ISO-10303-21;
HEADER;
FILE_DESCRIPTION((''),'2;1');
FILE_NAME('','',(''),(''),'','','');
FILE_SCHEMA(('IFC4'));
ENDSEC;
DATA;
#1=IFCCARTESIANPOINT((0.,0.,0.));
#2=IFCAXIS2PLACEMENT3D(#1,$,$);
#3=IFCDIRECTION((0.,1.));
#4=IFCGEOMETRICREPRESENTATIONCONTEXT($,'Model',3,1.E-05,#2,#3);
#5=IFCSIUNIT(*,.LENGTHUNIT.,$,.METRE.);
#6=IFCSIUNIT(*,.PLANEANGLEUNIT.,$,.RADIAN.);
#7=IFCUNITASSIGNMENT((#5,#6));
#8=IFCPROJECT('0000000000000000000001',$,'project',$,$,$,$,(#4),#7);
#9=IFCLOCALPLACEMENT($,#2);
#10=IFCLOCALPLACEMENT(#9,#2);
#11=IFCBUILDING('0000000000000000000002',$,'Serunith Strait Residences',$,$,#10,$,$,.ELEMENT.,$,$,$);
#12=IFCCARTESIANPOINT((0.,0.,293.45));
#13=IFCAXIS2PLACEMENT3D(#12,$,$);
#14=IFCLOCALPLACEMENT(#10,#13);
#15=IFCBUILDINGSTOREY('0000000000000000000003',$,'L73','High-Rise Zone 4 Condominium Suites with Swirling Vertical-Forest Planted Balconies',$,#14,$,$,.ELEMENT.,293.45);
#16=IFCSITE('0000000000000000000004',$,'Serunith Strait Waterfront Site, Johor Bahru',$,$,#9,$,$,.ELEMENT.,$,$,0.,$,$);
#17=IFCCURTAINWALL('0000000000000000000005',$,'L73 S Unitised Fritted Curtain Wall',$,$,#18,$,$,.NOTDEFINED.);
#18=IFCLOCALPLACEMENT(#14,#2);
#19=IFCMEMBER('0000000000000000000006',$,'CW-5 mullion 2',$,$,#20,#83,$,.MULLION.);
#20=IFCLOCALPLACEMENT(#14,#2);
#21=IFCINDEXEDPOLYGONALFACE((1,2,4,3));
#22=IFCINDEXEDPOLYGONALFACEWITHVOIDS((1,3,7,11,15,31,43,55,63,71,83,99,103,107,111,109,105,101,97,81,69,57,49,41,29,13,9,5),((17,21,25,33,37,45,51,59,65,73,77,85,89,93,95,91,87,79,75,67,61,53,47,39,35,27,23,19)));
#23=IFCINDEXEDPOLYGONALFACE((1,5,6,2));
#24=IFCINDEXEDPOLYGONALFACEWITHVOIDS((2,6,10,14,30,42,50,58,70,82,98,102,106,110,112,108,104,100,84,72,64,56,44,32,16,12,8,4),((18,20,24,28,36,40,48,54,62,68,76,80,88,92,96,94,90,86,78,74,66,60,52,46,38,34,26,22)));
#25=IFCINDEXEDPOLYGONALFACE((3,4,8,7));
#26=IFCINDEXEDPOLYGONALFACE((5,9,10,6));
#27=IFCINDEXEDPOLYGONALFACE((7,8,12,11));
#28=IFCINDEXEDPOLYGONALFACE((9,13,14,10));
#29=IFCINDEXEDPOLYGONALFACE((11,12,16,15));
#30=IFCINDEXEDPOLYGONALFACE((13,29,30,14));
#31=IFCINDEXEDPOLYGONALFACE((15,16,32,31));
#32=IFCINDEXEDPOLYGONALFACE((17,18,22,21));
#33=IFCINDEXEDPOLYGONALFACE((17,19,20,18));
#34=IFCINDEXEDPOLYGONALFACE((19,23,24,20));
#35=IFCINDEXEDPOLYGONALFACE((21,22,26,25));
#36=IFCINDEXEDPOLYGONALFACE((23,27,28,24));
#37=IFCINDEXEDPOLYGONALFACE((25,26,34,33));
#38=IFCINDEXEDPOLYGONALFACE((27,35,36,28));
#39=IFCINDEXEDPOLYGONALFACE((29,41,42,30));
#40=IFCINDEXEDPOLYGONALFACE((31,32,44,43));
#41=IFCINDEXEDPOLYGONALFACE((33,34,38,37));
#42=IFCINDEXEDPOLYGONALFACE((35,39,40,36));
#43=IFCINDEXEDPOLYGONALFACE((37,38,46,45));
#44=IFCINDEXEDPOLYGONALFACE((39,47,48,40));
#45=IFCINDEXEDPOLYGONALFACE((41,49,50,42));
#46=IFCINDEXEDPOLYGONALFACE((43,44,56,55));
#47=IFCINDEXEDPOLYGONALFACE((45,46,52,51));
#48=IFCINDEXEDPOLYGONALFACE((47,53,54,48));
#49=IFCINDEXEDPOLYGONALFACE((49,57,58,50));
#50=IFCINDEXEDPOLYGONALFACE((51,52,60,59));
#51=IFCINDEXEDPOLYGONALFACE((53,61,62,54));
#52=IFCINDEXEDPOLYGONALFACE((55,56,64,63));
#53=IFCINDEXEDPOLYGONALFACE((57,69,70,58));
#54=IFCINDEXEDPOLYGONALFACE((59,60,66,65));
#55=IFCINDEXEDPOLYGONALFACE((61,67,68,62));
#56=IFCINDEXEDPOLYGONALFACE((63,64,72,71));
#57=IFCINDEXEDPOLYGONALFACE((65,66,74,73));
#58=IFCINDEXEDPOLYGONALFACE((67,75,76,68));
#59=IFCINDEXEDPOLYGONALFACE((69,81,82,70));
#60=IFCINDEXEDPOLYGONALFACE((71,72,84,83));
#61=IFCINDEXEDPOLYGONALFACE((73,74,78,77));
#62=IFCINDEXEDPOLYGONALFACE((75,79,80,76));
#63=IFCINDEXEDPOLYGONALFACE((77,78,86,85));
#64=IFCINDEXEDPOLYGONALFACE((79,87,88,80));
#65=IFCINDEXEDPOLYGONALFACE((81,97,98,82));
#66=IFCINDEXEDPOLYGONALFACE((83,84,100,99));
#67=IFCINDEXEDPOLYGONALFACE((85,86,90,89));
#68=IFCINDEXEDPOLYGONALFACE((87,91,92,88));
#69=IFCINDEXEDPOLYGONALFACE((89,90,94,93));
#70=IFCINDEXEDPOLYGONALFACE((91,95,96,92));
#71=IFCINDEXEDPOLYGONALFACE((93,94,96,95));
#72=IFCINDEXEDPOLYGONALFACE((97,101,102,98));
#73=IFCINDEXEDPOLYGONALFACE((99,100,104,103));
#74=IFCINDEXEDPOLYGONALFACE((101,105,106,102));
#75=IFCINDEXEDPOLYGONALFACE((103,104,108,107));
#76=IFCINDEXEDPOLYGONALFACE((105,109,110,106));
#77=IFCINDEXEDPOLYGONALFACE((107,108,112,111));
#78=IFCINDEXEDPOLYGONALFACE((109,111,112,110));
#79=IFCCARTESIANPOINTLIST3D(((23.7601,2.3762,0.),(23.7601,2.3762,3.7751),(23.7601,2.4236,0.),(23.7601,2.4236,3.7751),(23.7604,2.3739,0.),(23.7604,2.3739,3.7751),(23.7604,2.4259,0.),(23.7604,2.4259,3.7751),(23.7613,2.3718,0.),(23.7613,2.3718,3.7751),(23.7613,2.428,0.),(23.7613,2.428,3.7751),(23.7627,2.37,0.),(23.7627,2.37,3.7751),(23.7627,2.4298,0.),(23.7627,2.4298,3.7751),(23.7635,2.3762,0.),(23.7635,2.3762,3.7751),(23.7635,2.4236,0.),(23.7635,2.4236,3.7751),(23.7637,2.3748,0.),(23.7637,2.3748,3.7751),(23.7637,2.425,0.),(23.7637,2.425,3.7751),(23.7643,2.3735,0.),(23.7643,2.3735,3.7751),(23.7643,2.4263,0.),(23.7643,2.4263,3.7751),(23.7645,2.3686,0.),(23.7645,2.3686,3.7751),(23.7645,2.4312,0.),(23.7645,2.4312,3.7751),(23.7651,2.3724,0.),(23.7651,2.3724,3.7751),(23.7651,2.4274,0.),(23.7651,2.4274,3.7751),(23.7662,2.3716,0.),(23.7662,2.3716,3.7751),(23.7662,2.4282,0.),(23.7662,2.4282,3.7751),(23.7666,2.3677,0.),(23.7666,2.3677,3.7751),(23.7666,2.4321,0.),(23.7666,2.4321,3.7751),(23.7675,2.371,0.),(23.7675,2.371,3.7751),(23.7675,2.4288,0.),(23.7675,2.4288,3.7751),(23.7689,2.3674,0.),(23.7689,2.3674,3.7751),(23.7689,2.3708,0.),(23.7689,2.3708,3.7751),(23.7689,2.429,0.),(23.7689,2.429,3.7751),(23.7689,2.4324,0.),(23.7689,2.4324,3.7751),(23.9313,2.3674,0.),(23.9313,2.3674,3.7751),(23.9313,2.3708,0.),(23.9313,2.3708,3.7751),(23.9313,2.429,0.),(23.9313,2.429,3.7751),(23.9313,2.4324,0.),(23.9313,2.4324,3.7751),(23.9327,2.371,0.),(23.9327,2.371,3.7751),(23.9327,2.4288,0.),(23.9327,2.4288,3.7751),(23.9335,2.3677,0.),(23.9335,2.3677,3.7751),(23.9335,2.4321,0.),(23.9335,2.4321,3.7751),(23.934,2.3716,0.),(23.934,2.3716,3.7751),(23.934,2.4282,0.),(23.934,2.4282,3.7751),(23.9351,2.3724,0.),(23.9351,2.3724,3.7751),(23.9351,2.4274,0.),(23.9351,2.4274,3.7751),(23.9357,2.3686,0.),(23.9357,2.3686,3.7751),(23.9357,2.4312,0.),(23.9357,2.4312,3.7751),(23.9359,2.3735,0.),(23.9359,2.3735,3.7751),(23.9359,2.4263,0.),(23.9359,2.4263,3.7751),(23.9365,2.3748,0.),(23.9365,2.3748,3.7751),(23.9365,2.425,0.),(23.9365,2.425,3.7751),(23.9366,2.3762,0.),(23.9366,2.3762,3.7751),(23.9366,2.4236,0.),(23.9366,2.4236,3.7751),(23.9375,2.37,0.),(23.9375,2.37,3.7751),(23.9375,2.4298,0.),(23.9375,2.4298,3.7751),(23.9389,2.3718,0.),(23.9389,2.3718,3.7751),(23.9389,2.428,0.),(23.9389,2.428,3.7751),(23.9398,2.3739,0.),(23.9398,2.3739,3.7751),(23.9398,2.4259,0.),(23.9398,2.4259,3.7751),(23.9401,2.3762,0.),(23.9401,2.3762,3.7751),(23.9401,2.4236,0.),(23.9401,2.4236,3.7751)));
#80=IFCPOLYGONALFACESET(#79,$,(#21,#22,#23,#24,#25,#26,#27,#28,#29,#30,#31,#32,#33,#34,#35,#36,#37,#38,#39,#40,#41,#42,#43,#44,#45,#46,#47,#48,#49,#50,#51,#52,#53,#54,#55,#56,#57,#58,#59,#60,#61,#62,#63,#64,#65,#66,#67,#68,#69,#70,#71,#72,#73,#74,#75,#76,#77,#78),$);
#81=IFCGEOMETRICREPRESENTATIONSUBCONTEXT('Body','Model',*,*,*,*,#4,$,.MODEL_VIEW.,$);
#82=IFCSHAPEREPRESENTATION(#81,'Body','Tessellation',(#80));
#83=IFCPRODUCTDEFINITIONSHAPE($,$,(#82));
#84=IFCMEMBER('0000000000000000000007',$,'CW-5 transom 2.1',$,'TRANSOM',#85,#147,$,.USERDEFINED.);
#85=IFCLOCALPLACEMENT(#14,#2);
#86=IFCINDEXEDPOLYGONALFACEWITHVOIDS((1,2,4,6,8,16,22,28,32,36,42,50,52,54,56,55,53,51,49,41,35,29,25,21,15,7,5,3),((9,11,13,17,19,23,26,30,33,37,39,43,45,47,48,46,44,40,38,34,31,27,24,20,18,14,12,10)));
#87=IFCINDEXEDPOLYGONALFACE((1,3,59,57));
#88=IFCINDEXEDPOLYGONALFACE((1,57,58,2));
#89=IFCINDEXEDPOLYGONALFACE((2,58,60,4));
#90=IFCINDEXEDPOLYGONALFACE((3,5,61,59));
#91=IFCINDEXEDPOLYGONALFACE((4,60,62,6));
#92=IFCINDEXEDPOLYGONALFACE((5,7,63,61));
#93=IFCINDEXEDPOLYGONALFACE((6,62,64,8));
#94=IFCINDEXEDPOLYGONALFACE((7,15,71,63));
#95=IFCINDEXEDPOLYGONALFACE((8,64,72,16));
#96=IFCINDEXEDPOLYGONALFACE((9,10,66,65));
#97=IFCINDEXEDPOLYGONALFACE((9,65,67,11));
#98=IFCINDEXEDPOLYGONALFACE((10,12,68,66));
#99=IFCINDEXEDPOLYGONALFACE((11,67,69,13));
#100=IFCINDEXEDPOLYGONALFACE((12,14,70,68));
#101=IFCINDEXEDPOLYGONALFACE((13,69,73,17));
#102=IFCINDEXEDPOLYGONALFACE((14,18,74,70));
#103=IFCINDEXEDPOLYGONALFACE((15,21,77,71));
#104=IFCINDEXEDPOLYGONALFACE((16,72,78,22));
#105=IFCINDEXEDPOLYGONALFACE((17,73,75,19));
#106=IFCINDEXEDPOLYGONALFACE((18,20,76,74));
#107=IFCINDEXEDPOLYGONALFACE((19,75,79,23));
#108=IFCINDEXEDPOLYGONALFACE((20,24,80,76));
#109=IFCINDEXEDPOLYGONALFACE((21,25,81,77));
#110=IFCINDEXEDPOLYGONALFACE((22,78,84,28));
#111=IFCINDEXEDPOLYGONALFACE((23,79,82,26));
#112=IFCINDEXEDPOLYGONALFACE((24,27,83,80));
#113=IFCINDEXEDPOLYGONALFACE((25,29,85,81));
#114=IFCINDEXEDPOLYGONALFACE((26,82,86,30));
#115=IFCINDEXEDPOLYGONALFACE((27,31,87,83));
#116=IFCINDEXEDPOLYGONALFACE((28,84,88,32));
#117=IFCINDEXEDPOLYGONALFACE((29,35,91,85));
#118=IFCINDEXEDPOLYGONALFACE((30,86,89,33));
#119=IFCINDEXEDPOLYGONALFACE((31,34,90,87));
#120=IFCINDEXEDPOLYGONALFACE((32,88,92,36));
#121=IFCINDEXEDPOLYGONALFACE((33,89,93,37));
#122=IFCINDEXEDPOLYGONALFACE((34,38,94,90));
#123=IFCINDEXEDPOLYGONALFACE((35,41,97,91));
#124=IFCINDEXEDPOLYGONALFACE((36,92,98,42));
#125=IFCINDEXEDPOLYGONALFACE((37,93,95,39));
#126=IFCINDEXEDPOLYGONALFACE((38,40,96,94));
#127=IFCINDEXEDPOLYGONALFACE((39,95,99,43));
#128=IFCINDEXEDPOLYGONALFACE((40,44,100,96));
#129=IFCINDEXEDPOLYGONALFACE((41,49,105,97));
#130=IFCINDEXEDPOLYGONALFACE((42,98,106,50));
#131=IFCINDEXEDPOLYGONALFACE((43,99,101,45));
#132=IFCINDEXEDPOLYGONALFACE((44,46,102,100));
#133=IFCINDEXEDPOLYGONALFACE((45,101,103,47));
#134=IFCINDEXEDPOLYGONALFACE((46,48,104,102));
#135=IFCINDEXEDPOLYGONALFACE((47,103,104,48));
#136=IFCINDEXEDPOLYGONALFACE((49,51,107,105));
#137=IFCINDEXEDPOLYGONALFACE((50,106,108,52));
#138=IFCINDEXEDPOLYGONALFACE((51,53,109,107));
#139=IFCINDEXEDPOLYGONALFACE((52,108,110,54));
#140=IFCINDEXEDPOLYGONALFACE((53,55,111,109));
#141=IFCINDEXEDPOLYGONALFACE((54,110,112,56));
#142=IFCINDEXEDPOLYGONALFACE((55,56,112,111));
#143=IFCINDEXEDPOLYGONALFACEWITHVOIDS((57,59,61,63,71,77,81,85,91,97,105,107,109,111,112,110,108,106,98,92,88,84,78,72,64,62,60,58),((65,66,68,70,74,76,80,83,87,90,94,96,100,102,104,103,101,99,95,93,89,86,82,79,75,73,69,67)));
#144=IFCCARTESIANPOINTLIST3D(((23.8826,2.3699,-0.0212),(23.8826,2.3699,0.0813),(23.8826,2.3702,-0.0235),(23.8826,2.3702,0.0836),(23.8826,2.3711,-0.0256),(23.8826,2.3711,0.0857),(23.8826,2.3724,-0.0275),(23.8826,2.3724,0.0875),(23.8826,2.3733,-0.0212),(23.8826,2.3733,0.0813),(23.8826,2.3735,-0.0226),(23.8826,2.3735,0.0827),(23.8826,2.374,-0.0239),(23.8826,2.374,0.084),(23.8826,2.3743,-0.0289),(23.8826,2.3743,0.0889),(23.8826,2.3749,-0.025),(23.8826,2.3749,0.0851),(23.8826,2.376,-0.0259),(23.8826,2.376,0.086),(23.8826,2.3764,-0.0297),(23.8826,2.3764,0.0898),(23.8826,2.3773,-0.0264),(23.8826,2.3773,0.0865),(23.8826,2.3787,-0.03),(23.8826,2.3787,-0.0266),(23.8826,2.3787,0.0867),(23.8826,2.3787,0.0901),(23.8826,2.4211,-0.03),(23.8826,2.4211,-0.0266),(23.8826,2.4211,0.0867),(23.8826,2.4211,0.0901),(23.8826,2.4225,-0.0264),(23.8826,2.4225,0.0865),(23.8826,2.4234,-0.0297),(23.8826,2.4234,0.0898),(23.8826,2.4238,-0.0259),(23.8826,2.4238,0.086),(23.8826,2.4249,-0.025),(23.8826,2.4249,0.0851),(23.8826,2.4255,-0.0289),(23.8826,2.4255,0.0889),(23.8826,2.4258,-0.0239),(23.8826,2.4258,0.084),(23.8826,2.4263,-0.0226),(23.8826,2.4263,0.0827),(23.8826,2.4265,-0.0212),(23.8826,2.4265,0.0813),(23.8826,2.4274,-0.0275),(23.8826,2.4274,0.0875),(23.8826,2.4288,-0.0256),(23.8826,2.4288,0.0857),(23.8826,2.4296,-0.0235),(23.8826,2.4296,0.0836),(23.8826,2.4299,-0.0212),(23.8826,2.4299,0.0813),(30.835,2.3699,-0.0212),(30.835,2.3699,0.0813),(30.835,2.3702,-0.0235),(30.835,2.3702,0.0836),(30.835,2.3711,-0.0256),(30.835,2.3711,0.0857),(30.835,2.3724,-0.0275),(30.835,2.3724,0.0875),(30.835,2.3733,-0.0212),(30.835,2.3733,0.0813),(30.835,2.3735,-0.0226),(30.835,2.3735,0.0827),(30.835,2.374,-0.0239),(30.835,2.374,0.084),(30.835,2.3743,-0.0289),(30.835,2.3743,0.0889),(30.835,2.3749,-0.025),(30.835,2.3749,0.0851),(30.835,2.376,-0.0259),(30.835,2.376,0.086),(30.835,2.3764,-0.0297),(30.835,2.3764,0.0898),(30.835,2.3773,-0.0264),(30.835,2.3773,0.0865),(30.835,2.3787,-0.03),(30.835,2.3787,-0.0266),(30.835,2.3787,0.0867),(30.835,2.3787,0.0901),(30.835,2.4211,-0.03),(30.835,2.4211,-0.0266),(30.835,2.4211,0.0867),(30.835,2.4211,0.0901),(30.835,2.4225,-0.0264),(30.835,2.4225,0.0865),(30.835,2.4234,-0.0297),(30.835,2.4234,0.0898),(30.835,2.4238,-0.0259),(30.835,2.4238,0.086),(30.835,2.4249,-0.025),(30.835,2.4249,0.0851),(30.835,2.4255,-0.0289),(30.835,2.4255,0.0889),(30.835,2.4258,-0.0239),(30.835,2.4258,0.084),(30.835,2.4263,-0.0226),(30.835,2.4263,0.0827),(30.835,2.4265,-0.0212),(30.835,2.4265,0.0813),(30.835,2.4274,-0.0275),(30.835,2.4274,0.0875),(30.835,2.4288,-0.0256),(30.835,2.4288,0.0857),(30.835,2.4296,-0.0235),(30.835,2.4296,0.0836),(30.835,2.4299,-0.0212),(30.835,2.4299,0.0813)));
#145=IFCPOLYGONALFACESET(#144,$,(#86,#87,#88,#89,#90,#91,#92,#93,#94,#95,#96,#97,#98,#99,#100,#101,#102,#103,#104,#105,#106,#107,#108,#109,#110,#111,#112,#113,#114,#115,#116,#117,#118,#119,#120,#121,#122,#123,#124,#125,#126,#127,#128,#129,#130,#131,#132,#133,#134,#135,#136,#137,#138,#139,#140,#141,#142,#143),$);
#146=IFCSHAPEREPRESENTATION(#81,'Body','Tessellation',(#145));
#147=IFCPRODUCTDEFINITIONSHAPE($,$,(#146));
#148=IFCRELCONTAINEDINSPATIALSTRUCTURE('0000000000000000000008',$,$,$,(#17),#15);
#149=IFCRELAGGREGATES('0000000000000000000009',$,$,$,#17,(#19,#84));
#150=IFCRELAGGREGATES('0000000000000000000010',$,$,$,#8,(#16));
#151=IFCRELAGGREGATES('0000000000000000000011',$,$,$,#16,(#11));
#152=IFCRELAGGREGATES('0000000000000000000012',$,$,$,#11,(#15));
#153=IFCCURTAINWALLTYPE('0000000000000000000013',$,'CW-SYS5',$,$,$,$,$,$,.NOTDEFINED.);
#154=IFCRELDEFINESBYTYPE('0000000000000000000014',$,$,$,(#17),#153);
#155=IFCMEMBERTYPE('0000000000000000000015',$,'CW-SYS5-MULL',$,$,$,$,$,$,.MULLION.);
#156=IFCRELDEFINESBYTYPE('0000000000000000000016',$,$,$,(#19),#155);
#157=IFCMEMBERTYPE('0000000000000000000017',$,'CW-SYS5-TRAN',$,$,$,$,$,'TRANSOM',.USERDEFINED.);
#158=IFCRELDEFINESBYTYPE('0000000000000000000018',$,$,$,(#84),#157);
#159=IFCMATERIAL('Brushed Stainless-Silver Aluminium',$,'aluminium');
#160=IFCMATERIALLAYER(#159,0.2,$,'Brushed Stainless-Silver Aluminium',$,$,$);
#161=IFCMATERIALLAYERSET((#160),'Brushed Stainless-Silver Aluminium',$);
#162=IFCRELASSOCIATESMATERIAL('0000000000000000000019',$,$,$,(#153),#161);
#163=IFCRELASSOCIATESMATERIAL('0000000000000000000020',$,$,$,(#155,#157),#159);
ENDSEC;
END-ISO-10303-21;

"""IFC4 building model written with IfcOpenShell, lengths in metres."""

from ifc_helpers import new_model, si_unit, direction, frame, origin, origin_2d, place, context, subcontext, project, spatial, hollow_rectangle, extrude, source, transform, mapped, material, layer, layer_set, material_profile, profile_set, type_object, element, aggregate, save


model = new_model("IFC4")

# Units and contexts
model_context = context("Model", 3, precision=1e-05, world=origin(), true_north=direction((0.0, 1.0)))
body_context = subcontext(model_context, "Body", "Model", "MODEL_VIEW")
ifc_project = project(units=[si_unit("LENGTHUNIT", "METRE"), si_unit("PLANEANGLEUNIT", "RADIAN")], contexts=[model_context])

# Site, building, storey
site_placement = place(None, origin())
site = spatial("IfcSite", under=ifc_project, at=site_placement, Name="Serunith Strait Waterfront Site, Johor Bahru", CompositionType="ELEMENT", RefElevation=0.0)
building_placement = place(site_placement, origin())
building = spatial("IfcBuilding", under=site, at=building_placement, Name="Serunith Strait Residences", CompositionType="ELEMENT")
storey_placement = place(building_placement, frame((0.0, 0.0, 293.45)))
storey = spatial("IfcBuildingStorey", under=building, at=storey_placement, Name="L73", Description="High-Rise Zone 4 Condominium Suites with Swirling Vertical-Forest Planted Balconies", CompositionType="ELEMENT", Elevation=293.45)

# Curtain wall, members
ifc_material_1 = material(Name="Brushed Stainless-Silver Aluminium", Category="aluminium")
ifc_layer_1 = layer(ifc_material_1, 0.2, Name="Brushed Stainless-Silver Aluminium")
ifc_layer_set_1 = layer_set([ifc_layer_1], Name="Brushed Stainless-Silver Aluminium")
curtain_wall_type = type_object("IfcCurtainWallType", Name="CW-SYS5", PredefinedType="NOTDEFINED", material=ifc_layer_set_1)
curtain_wall_placement = place(storey_placement, origin())
curtain_wall = element("IfcCurtainWall", 1, at=curtain_wall_placement, inside=storey, type_object=curtain_wall_type, Name="L73 S Unitised Fritted Curtain Wall", PredefinedType="NOTDEFINED")
ifc_material_profile_1 = material_profile(ifc_material_1, hollow_rectangle(XDim=0.0649, YDim=0.1799, WallThickness=0.0034, InnerFilletRadius=0.0054, OuterFilletRadius=0.0088, at=origin_2d()), Name="ALU 180x65x3.5")
ifc_profile_set_1 = profile_set([ifc_material_profile_1], Name="Brushed Stainless-Silver Aluminium")
member_type_1 = type_object("IfcMemberType", Name="CW-SYS5-MULL", PredefinedType="MULLION", material=ifc_profile_set_1)
shared_shape_1 = source(origin(), body_context, "Body", "SweptSolid", [
    extrude(hollow_rectangle(XDim=0.0649, YDim=0.1799, WallThickness=0.0034, InnerFilletRadius=0.0054, OuterFilletRadius=0.0088, at=origin_2d()), origin(), (0.0, 0.0, 1.0), 3.7751),
])
member_1_placement = place(storey_placement, frame((23.8501, 2.3999, 0.0), z_axis=(0.0, 0.0, 1.0), x_axis=(0.0, 1.0, 0.0)))
member_1 = element("IfcMember", 2, at=member_1_placement, type_object=member_type_1, Name="CW-5 mullion 2", PredefinedType="MULLION", context=body_context, shape_type="MappedRepresentation", body=[
    mapped(shared_shape_1, transform((0.0, 0.0, 0.0), scale=1.0)),
])
ifc_material_profile_2 = material_profile(ifc_material_1, hollow_rectangle(XDim=0.0601, YDim=0.1201, WallThickness=0.0034, InnerFilletRadius=0.0054, OuterFilletRadius=0.0088, at=origin_2d()), Name="ALU 120x60x3.5")
ifc_profile_set_2 = profile_set([ifc_material_profile_2], Name="Brushed Stainless-Silver Aluminium")
member_type_2 = type_object("IfcMemberType", Name="CW-SYS5-TRAN", ElementType="TRANSOM", PredefinedType="USERDEFINED", material=ifc_profile_set_2)
shared_shape_2 = source(origin(), body_context, "Body", "SweptSolid", [
    extrude(hollow_rectangle(XDim=0.0601, YDim=0.1201, WallThickness=0.0034, InnerFilletRadius=0.0054, OuterFilletRadius=0.0088, at=origin_2d()), origin(), (0.0, 0.0, 1.0), 6.9524),
])
member_2_placement = place(storey_placement, frame((23.8826, 2.3999, 0.03), z_axis=(1.0, 0.0, 0.0), x_axis=(0.0, 1.0, 0.0)))
member_2 = element("IfcMember", 3, at=member_2_placement, type_object=member_type_2, Name="CW-5 transom 2.1", ObjectType="TRANSOM", PredefinedType="USERDEFINED", context=body_context, shape_type="MappedRepresentation", body=[
    mapped(shared_shape_2, transform((0.0, 0.0, 0.0), scale=1.0)),
])
aggregate(curtain_wall, [member_1, member_2])

save(model, "model.ifc")
